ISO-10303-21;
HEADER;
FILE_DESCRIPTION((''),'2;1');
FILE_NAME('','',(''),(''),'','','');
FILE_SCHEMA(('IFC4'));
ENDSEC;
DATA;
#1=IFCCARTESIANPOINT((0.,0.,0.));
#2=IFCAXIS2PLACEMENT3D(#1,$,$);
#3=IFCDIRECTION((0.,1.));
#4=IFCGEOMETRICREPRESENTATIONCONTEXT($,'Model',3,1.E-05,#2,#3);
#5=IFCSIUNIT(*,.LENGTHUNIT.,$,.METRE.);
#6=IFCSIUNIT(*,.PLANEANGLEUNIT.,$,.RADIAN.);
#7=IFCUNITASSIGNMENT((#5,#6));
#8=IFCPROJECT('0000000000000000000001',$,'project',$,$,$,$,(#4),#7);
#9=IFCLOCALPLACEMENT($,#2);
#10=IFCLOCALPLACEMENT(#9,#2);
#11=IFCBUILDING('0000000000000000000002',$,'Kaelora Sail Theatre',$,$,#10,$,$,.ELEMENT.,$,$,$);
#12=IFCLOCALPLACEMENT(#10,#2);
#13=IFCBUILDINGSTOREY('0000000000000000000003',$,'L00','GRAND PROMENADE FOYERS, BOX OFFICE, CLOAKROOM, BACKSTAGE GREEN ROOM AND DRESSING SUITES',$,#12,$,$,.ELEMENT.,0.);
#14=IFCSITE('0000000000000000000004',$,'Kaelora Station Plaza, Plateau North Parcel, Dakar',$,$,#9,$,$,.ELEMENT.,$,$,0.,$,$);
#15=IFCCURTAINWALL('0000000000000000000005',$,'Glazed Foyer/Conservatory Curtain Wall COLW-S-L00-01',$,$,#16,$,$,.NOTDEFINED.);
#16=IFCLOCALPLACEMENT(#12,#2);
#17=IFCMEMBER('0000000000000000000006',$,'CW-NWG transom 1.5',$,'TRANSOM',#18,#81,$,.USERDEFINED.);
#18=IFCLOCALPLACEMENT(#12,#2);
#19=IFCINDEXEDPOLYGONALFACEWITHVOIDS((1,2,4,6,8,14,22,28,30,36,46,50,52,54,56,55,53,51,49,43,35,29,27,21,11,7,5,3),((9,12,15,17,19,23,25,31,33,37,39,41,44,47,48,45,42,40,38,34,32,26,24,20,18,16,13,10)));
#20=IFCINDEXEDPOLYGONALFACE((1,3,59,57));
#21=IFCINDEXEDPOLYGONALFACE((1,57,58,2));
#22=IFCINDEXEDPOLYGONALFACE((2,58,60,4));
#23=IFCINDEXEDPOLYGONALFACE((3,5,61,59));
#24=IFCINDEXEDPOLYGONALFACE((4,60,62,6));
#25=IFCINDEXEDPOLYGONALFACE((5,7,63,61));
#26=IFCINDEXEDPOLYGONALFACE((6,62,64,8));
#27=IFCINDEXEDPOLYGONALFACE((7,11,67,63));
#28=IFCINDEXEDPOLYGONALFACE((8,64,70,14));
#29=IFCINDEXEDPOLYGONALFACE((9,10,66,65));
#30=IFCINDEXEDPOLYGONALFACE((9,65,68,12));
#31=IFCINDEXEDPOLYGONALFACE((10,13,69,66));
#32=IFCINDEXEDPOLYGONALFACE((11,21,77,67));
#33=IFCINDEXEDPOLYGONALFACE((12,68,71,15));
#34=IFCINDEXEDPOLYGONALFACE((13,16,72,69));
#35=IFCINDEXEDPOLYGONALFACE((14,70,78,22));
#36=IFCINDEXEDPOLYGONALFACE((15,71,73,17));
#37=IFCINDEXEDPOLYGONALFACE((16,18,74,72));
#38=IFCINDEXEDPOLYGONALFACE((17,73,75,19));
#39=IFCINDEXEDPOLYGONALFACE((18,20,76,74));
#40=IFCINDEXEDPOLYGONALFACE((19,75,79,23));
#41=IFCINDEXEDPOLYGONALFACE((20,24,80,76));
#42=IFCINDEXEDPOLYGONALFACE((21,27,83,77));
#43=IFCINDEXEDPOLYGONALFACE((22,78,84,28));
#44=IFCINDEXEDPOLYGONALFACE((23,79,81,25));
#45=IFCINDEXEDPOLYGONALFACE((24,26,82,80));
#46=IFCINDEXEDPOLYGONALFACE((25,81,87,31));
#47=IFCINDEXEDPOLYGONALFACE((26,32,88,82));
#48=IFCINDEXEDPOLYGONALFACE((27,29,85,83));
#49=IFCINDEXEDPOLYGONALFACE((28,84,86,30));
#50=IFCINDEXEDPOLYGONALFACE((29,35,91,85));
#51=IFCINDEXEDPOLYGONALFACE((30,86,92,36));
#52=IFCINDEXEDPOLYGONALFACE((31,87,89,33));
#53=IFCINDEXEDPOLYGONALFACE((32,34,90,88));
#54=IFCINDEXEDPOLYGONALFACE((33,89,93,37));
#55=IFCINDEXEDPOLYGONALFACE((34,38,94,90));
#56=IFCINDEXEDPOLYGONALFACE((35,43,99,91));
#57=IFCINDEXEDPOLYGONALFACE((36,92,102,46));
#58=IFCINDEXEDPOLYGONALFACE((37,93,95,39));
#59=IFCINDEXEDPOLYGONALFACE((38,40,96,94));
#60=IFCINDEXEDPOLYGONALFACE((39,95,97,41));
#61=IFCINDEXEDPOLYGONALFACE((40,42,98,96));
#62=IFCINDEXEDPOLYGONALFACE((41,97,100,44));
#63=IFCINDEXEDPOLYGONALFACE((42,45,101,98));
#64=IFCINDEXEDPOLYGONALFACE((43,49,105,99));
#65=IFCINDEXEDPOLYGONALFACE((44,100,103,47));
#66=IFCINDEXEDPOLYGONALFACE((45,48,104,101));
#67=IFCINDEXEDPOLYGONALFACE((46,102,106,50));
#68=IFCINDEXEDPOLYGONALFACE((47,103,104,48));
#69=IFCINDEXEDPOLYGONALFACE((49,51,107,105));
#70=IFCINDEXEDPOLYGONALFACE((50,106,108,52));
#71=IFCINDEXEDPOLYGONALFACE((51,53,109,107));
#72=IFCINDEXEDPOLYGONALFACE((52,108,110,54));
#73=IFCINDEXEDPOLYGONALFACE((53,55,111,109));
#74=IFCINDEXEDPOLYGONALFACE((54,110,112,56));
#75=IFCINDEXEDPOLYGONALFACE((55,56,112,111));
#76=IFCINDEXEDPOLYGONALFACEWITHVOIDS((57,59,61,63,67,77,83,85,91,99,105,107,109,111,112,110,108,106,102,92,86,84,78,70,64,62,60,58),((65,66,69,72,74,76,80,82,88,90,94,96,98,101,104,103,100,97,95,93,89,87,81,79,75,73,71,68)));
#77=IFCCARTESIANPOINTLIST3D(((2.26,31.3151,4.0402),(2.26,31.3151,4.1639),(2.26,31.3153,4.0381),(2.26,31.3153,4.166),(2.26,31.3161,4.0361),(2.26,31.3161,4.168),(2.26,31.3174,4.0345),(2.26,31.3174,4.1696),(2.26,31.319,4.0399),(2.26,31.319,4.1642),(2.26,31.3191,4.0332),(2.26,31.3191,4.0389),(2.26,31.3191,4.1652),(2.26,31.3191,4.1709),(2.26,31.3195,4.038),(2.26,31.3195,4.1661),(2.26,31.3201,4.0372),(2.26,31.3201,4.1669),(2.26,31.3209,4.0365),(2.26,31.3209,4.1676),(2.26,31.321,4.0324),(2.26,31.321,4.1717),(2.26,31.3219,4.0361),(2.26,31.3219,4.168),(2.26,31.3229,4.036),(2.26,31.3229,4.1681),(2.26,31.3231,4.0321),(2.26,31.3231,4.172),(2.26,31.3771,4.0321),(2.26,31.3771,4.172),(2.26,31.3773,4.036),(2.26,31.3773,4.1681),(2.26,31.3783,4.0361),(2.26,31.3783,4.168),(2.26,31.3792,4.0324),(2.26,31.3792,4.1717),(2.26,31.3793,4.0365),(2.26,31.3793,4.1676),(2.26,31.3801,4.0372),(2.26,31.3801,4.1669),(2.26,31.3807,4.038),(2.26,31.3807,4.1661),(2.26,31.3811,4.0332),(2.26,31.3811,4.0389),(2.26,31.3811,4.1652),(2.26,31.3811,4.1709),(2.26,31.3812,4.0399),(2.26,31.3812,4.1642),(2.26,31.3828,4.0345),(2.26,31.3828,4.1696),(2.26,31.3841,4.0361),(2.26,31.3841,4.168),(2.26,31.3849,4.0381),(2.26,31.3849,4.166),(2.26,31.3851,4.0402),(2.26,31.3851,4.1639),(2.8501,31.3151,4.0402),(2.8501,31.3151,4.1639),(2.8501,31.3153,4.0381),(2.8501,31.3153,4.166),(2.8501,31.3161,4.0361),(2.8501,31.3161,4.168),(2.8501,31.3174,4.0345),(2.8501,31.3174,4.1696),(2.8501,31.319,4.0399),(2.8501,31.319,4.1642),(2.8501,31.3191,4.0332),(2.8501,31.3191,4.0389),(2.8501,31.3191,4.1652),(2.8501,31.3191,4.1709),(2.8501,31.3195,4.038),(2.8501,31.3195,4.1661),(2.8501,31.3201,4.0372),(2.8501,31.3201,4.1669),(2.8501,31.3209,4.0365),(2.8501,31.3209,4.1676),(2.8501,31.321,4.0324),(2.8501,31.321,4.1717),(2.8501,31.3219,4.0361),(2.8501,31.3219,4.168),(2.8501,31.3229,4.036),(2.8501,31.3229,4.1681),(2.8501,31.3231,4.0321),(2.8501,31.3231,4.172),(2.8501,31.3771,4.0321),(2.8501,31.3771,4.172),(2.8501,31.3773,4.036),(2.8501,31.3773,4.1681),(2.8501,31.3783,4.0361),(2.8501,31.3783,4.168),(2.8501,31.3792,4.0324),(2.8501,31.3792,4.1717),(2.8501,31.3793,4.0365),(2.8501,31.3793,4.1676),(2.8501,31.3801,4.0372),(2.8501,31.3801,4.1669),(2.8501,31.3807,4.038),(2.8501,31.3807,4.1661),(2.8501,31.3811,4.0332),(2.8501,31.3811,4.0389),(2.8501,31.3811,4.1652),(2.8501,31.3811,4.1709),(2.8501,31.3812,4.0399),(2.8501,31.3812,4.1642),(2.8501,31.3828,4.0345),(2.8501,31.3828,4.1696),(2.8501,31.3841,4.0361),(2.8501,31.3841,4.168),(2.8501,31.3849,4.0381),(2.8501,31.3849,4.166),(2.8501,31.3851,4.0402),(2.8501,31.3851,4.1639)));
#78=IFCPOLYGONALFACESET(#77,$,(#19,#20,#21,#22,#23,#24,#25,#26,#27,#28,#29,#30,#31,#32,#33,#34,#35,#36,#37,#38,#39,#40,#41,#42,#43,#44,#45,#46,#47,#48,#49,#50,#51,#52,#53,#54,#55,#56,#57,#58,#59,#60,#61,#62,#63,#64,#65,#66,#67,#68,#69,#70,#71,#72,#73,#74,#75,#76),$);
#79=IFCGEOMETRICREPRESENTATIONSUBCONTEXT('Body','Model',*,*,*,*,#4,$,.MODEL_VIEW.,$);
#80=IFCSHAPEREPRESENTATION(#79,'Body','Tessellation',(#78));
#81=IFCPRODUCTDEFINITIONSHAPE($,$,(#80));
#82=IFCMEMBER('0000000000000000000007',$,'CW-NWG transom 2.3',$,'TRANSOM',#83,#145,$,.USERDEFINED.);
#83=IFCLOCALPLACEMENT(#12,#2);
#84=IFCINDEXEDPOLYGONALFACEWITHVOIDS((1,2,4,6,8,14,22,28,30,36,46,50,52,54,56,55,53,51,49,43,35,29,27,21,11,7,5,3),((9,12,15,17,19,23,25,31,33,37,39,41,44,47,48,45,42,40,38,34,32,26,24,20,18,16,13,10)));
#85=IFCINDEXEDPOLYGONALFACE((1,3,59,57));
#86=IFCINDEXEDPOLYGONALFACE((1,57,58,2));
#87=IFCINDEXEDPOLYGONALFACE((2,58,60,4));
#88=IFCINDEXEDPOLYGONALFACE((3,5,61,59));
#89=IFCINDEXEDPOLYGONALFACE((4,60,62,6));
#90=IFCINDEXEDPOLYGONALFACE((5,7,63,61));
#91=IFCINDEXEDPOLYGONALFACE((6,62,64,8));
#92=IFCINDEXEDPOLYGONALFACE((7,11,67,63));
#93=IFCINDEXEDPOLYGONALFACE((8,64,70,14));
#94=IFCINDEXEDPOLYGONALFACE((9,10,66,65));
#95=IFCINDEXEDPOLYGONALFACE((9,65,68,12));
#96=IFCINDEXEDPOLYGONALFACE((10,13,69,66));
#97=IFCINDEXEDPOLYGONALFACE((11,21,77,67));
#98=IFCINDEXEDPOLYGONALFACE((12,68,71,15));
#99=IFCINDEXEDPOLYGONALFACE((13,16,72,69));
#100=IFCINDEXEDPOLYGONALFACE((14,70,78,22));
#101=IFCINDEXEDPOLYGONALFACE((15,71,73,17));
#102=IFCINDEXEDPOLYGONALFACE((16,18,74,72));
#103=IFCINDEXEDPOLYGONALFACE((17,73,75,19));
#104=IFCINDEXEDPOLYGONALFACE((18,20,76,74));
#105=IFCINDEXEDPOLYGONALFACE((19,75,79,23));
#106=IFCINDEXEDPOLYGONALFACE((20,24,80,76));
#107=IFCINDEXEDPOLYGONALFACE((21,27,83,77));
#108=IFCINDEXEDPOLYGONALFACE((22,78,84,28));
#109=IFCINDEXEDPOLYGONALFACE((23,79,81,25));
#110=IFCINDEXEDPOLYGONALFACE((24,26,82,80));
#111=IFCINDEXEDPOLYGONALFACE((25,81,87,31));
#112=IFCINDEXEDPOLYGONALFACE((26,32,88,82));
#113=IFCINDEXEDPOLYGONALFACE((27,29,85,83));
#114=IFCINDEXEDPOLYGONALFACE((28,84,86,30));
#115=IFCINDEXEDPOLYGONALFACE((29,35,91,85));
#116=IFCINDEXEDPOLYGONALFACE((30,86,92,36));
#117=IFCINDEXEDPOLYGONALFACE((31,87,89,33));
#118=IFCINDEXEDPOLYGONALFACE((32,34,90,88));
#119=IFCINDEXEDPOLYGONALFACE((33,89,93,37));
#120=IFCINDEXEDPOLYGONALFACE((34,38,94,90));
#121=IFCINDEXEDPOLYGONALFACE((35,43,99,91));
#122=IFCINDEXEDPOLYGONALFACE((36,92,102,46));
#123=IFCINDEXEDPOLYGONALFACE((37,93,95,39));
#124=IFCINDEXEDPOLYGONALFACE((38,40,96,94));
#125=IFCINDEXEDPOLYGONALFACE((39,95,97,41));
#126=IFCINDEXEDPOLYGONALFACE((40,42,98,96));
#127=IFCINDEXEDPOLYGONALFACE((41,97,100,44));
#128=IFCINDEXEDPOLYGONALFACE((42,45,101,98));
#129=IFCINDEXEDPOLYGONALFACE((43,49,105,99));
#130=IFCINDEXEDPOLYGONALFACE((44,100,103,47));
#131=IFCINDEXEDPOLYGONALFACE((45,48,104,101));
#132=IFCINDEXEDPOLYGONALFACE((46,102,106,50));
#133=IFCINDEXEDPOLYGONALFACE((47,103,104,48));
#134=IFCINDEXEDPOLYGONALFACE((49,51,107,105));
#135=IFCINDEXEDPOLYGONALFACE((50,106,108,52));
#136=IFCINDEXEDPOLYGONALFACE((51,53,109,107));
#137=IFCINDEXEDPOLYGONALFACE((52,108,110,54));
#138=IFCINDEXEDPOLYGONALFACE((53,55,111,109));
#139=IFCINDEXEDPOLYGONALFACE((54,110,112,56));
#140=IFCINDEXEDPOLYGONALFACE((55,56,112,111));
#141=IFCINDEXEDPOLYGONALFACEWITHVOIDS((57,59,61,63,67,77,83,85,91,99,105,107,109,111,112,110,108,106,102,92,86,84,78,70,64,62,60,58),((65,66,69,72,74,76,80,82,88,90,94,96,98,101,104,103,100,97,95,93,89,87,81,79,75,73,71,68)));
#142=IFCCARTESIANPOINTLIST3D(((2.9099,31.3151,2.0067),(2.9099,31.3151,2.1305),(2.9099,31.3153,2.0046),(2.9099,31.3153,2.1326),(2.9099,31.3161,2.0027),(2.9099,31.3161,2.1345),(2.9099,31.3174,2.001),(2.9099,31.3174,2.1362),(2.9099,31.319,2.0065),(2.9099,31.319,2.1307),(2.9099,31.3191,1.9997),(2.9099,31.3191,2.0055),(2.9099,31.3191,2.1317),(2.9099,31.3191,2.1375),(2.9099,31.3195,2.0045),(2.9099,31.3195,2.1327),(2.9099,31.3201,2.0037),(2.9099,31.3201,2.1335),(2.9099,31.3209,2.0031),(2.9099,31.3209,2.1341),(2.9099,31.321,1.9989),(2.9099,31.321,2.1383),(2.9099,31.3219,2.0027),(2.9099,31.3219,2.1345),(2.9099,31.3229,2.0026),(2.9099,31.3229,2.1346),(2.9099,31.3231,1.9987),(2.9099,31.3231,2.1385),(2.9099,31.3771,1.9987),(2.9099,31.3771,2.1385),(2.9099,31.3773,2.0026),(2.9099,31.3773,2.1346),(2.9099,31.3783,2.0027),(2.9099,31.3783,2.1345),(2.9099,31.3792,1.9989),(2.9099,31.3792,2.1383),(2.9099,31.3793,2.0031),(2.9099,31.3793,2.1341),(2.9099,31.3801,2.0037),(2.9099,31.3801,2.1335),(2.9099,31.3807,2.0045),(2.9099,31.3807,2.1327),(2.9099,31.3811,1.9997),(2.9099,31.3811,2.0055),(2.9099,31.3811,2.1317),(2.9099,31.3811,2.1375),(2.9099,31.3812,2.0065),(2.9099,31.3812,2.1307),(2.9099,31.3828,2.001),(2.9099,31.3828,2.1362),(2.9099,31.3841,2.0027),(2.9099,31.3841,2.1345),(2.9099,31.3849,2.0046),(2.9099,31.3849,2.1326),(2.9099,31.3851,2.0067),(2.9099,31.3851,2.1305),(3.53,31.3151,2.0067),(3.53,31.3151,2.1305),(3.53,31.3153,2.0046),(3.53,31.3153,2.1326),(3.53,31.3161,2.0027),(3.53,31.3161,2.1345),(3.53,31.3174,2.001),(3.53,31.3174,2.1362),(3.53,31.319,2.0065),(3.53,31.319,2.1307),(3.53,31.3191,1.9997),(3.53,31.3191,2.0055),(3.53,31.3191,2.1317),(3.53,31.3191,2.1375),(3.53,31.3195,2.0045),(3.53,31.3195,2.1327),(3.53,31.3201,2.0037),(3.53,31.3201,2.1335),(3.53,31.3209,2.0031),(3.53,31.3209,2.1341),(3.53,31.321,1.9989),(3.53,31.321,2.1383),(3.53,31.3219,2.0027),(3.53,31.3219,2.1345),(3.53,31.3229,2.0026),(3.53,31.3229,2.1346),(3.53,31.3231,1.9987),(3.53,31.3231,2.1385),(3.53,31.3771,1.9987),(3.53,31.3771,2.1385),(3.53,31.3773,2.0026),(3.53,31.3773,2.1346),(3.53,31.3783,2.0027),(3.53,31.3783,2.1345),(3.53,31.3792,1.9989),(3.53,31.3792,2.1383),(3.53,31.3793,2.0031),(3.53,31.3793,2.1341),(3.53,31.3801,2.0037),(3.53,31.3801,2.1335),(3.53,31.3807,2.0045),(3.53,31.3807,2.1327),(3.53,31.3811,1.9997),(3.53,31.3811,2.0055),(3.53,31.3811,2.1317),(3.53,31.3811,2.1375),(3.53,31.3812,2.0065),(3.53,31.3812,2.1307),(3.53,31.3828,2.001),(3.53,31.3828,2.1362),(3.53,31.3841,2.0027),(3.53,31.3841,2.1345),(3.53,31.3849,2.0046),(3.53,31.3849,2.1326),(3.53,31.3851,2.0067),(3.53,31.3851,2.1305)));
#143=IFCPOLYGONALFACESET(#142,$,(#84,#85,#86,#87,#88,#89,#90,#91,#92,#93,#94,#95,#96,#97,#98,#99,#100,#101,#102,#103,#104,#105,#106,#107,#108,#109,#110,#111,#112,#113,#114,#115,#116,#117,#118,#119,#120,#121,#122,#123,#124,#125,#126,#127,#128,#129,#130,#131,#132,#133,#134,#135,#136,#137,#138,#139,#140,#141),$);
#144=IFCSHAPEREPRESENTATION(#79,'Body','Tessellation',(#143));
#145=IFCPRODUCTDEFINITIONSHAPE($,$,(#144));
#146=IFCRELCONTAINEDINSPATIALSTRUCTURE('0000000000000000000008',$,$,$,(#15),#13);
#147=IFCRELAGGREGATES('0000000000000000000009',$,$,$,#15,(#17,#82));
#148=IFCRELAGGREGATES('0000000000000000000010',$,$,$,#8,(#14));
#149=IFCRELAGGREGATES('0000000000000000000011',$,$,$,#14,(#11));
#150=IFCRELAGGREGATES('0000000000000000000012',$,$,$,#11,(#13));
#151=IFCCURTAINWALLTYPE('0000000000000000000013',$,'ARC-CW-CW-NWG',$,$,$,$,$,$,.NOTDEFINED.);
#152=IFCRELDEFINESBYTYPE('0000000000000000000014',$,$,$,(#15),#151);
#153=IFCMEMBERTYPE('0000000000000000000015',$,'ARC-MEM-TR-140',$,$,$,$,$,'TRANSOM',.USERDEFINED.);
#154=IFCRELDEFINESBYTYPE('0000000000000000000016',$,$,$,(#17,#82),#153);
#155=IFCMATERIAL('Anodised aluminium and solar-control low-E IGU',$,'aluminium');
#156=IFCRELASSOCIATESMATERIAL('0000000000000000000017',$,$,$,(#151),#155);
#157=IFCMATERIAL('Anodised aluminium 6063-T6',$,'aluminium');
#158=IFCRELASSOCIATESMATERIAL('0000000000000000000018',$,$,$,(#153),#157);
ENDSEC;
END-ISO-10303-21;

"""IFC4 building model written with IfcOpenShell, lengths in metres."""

from ifc_helpers import new_model, si_unit, direction, frame, origin, origin_2d, place, context, subcontext, project, spatial, hollow_rectangle, extrude, material, material_profile, profile_set, type_object, element, aggregate, save


model = new_model("IFC4")

# Units and contexts
model_context = context("Model", 3, precision=1e-05, world=origin(), true_north=direction((0.0, 1.0)))
body_context = subcontext(model_context, "Body", "Model", "MODEL_VIEW")
ifc_project = project(units=[si_unit("LENGTHUNIT", "METRE"), si_unit("PLANEANGLEUNIT", "RADIAN")], contexts=[model_context])

# Site, building, storey
site_placement = place(None, origin())
site = spatial("IfcSite", under=ifc_project, at=site_placement, Name="Kaelora Station Plaza, Plateau North Parcel, Dakar", CompositionType="ELEMENT", RefElevation=0.0)
building_placement = place(site_placement, origin())
building = spatial("IfcBuilding", under=site, at=building_placement, Name="Kaelora Sail Theatre", CompositionType="ELEMENT")
storey_placement = place(building_placement, origin())
storey = spatial("IfcBuildingStorey", under=building, at=storey_placement, Name="L00", Description="GRAND PROMENADE FOYERS, BOX OFFICE, CLOAKROOM, BACKSTAGE GREEN ROOM AND DRESSING SUITES", CompositionType="ELEMENT", Elevation=0.0)

# Curtain wall, members
ifc_material_1 = material(Name="Anodised aluminium and solar-control low-E IGU", Category="aluminium")
curtain_wall_type = type_object("IfcCurtainWallType", Name="ARC-CW-CW-NWG", PredefinedType="NOTDEFINED", material=ifc_material_1)
curtain_wall_placement = place(storey_placement, origin())
curtain_wall = element("IfcCurtainWall", 1, at=curtain_wall_placement, inside=storey, type_object=curtain_wall_type, Name="Glazed Foyer/Conservatory Curtain Wall COLW-S-L00-01", PredefinedType="NOTDEFINED")
ifc_material_2 = material(Name="Anodised aluminium 6063-T6", Category="aluminium")
ifc_material_profile = material_profile(ifc_material_2, hollow_rectangle(XDim=0.0701, YDim=0.1399, WallThickness=0.0039, InnerFilletRadius=0.0039, OuterFilletRadius=0.0081, at=origin_2d()), Name="ALU-TRAN 70x140x4")
ifc_profile_set = profile_set([ifc_material_profile], Name="Anodised aluminium 6063-T6")
member_type = type_object("IfcMemberType", Name="ARC-MEM-TR-140", ElementType="TRANSOM", PredefinedType="USERDEFINED", material=ifc_profile_set)
member_1_placement = place(storey_placement, frame((2.26, 31.3501, 4.1021), z_axis=(1.0, 0.0, 0.0), x_axis=(0.0, 1.0, 0.0)))
member_1 = element("IfcMember", 2, at=member_1_placement, type_object=member_type, Name="CW-NWG transom 1.5", ObjectType="TRANSOM", PredefinedType="USERDEFINED", context=body_context, shape_type="SweptSolid", body=[
    extrude(hollow_rectangle(XDim=0.0701, YDim=0.1399, WallThickness=0.0039, InnerFilletRadius=0.0039, OuterFilletRadius=0.0081, at=origin_2d()), origin(), (0.0, 0.0, 1.0), 0.5901),
])
member_2_placement = place(storey_placement, frame((2.9099, 31.3501, 2.0686), z_axis=(1.0, 0.0, 0.0), x_axis=(0.0, 1.0, 0.0)))
member_2 = element("IfcMember", 3, at=member_2_placement, type_object=member_type, Name="CW-NWG transom 2.3", ObjectType="TRANSOM", PredefinedType="USERDEFINED", context=body_context, shape_type="SweptSolid", body=[
    extrude(hollow_rectangle(XDim=0.0701, YDim=0.1399, WallThickness=0.0039, InnerFilletRadius=0.0039, OuterFilletRadius=0.0081, at=origin_2d()), origin(), (0.0, 0.0, 1.0), 0.6201),
])
aggregate(curtain_wall, [member_1, member_2])

save(model, "model.ifc")
